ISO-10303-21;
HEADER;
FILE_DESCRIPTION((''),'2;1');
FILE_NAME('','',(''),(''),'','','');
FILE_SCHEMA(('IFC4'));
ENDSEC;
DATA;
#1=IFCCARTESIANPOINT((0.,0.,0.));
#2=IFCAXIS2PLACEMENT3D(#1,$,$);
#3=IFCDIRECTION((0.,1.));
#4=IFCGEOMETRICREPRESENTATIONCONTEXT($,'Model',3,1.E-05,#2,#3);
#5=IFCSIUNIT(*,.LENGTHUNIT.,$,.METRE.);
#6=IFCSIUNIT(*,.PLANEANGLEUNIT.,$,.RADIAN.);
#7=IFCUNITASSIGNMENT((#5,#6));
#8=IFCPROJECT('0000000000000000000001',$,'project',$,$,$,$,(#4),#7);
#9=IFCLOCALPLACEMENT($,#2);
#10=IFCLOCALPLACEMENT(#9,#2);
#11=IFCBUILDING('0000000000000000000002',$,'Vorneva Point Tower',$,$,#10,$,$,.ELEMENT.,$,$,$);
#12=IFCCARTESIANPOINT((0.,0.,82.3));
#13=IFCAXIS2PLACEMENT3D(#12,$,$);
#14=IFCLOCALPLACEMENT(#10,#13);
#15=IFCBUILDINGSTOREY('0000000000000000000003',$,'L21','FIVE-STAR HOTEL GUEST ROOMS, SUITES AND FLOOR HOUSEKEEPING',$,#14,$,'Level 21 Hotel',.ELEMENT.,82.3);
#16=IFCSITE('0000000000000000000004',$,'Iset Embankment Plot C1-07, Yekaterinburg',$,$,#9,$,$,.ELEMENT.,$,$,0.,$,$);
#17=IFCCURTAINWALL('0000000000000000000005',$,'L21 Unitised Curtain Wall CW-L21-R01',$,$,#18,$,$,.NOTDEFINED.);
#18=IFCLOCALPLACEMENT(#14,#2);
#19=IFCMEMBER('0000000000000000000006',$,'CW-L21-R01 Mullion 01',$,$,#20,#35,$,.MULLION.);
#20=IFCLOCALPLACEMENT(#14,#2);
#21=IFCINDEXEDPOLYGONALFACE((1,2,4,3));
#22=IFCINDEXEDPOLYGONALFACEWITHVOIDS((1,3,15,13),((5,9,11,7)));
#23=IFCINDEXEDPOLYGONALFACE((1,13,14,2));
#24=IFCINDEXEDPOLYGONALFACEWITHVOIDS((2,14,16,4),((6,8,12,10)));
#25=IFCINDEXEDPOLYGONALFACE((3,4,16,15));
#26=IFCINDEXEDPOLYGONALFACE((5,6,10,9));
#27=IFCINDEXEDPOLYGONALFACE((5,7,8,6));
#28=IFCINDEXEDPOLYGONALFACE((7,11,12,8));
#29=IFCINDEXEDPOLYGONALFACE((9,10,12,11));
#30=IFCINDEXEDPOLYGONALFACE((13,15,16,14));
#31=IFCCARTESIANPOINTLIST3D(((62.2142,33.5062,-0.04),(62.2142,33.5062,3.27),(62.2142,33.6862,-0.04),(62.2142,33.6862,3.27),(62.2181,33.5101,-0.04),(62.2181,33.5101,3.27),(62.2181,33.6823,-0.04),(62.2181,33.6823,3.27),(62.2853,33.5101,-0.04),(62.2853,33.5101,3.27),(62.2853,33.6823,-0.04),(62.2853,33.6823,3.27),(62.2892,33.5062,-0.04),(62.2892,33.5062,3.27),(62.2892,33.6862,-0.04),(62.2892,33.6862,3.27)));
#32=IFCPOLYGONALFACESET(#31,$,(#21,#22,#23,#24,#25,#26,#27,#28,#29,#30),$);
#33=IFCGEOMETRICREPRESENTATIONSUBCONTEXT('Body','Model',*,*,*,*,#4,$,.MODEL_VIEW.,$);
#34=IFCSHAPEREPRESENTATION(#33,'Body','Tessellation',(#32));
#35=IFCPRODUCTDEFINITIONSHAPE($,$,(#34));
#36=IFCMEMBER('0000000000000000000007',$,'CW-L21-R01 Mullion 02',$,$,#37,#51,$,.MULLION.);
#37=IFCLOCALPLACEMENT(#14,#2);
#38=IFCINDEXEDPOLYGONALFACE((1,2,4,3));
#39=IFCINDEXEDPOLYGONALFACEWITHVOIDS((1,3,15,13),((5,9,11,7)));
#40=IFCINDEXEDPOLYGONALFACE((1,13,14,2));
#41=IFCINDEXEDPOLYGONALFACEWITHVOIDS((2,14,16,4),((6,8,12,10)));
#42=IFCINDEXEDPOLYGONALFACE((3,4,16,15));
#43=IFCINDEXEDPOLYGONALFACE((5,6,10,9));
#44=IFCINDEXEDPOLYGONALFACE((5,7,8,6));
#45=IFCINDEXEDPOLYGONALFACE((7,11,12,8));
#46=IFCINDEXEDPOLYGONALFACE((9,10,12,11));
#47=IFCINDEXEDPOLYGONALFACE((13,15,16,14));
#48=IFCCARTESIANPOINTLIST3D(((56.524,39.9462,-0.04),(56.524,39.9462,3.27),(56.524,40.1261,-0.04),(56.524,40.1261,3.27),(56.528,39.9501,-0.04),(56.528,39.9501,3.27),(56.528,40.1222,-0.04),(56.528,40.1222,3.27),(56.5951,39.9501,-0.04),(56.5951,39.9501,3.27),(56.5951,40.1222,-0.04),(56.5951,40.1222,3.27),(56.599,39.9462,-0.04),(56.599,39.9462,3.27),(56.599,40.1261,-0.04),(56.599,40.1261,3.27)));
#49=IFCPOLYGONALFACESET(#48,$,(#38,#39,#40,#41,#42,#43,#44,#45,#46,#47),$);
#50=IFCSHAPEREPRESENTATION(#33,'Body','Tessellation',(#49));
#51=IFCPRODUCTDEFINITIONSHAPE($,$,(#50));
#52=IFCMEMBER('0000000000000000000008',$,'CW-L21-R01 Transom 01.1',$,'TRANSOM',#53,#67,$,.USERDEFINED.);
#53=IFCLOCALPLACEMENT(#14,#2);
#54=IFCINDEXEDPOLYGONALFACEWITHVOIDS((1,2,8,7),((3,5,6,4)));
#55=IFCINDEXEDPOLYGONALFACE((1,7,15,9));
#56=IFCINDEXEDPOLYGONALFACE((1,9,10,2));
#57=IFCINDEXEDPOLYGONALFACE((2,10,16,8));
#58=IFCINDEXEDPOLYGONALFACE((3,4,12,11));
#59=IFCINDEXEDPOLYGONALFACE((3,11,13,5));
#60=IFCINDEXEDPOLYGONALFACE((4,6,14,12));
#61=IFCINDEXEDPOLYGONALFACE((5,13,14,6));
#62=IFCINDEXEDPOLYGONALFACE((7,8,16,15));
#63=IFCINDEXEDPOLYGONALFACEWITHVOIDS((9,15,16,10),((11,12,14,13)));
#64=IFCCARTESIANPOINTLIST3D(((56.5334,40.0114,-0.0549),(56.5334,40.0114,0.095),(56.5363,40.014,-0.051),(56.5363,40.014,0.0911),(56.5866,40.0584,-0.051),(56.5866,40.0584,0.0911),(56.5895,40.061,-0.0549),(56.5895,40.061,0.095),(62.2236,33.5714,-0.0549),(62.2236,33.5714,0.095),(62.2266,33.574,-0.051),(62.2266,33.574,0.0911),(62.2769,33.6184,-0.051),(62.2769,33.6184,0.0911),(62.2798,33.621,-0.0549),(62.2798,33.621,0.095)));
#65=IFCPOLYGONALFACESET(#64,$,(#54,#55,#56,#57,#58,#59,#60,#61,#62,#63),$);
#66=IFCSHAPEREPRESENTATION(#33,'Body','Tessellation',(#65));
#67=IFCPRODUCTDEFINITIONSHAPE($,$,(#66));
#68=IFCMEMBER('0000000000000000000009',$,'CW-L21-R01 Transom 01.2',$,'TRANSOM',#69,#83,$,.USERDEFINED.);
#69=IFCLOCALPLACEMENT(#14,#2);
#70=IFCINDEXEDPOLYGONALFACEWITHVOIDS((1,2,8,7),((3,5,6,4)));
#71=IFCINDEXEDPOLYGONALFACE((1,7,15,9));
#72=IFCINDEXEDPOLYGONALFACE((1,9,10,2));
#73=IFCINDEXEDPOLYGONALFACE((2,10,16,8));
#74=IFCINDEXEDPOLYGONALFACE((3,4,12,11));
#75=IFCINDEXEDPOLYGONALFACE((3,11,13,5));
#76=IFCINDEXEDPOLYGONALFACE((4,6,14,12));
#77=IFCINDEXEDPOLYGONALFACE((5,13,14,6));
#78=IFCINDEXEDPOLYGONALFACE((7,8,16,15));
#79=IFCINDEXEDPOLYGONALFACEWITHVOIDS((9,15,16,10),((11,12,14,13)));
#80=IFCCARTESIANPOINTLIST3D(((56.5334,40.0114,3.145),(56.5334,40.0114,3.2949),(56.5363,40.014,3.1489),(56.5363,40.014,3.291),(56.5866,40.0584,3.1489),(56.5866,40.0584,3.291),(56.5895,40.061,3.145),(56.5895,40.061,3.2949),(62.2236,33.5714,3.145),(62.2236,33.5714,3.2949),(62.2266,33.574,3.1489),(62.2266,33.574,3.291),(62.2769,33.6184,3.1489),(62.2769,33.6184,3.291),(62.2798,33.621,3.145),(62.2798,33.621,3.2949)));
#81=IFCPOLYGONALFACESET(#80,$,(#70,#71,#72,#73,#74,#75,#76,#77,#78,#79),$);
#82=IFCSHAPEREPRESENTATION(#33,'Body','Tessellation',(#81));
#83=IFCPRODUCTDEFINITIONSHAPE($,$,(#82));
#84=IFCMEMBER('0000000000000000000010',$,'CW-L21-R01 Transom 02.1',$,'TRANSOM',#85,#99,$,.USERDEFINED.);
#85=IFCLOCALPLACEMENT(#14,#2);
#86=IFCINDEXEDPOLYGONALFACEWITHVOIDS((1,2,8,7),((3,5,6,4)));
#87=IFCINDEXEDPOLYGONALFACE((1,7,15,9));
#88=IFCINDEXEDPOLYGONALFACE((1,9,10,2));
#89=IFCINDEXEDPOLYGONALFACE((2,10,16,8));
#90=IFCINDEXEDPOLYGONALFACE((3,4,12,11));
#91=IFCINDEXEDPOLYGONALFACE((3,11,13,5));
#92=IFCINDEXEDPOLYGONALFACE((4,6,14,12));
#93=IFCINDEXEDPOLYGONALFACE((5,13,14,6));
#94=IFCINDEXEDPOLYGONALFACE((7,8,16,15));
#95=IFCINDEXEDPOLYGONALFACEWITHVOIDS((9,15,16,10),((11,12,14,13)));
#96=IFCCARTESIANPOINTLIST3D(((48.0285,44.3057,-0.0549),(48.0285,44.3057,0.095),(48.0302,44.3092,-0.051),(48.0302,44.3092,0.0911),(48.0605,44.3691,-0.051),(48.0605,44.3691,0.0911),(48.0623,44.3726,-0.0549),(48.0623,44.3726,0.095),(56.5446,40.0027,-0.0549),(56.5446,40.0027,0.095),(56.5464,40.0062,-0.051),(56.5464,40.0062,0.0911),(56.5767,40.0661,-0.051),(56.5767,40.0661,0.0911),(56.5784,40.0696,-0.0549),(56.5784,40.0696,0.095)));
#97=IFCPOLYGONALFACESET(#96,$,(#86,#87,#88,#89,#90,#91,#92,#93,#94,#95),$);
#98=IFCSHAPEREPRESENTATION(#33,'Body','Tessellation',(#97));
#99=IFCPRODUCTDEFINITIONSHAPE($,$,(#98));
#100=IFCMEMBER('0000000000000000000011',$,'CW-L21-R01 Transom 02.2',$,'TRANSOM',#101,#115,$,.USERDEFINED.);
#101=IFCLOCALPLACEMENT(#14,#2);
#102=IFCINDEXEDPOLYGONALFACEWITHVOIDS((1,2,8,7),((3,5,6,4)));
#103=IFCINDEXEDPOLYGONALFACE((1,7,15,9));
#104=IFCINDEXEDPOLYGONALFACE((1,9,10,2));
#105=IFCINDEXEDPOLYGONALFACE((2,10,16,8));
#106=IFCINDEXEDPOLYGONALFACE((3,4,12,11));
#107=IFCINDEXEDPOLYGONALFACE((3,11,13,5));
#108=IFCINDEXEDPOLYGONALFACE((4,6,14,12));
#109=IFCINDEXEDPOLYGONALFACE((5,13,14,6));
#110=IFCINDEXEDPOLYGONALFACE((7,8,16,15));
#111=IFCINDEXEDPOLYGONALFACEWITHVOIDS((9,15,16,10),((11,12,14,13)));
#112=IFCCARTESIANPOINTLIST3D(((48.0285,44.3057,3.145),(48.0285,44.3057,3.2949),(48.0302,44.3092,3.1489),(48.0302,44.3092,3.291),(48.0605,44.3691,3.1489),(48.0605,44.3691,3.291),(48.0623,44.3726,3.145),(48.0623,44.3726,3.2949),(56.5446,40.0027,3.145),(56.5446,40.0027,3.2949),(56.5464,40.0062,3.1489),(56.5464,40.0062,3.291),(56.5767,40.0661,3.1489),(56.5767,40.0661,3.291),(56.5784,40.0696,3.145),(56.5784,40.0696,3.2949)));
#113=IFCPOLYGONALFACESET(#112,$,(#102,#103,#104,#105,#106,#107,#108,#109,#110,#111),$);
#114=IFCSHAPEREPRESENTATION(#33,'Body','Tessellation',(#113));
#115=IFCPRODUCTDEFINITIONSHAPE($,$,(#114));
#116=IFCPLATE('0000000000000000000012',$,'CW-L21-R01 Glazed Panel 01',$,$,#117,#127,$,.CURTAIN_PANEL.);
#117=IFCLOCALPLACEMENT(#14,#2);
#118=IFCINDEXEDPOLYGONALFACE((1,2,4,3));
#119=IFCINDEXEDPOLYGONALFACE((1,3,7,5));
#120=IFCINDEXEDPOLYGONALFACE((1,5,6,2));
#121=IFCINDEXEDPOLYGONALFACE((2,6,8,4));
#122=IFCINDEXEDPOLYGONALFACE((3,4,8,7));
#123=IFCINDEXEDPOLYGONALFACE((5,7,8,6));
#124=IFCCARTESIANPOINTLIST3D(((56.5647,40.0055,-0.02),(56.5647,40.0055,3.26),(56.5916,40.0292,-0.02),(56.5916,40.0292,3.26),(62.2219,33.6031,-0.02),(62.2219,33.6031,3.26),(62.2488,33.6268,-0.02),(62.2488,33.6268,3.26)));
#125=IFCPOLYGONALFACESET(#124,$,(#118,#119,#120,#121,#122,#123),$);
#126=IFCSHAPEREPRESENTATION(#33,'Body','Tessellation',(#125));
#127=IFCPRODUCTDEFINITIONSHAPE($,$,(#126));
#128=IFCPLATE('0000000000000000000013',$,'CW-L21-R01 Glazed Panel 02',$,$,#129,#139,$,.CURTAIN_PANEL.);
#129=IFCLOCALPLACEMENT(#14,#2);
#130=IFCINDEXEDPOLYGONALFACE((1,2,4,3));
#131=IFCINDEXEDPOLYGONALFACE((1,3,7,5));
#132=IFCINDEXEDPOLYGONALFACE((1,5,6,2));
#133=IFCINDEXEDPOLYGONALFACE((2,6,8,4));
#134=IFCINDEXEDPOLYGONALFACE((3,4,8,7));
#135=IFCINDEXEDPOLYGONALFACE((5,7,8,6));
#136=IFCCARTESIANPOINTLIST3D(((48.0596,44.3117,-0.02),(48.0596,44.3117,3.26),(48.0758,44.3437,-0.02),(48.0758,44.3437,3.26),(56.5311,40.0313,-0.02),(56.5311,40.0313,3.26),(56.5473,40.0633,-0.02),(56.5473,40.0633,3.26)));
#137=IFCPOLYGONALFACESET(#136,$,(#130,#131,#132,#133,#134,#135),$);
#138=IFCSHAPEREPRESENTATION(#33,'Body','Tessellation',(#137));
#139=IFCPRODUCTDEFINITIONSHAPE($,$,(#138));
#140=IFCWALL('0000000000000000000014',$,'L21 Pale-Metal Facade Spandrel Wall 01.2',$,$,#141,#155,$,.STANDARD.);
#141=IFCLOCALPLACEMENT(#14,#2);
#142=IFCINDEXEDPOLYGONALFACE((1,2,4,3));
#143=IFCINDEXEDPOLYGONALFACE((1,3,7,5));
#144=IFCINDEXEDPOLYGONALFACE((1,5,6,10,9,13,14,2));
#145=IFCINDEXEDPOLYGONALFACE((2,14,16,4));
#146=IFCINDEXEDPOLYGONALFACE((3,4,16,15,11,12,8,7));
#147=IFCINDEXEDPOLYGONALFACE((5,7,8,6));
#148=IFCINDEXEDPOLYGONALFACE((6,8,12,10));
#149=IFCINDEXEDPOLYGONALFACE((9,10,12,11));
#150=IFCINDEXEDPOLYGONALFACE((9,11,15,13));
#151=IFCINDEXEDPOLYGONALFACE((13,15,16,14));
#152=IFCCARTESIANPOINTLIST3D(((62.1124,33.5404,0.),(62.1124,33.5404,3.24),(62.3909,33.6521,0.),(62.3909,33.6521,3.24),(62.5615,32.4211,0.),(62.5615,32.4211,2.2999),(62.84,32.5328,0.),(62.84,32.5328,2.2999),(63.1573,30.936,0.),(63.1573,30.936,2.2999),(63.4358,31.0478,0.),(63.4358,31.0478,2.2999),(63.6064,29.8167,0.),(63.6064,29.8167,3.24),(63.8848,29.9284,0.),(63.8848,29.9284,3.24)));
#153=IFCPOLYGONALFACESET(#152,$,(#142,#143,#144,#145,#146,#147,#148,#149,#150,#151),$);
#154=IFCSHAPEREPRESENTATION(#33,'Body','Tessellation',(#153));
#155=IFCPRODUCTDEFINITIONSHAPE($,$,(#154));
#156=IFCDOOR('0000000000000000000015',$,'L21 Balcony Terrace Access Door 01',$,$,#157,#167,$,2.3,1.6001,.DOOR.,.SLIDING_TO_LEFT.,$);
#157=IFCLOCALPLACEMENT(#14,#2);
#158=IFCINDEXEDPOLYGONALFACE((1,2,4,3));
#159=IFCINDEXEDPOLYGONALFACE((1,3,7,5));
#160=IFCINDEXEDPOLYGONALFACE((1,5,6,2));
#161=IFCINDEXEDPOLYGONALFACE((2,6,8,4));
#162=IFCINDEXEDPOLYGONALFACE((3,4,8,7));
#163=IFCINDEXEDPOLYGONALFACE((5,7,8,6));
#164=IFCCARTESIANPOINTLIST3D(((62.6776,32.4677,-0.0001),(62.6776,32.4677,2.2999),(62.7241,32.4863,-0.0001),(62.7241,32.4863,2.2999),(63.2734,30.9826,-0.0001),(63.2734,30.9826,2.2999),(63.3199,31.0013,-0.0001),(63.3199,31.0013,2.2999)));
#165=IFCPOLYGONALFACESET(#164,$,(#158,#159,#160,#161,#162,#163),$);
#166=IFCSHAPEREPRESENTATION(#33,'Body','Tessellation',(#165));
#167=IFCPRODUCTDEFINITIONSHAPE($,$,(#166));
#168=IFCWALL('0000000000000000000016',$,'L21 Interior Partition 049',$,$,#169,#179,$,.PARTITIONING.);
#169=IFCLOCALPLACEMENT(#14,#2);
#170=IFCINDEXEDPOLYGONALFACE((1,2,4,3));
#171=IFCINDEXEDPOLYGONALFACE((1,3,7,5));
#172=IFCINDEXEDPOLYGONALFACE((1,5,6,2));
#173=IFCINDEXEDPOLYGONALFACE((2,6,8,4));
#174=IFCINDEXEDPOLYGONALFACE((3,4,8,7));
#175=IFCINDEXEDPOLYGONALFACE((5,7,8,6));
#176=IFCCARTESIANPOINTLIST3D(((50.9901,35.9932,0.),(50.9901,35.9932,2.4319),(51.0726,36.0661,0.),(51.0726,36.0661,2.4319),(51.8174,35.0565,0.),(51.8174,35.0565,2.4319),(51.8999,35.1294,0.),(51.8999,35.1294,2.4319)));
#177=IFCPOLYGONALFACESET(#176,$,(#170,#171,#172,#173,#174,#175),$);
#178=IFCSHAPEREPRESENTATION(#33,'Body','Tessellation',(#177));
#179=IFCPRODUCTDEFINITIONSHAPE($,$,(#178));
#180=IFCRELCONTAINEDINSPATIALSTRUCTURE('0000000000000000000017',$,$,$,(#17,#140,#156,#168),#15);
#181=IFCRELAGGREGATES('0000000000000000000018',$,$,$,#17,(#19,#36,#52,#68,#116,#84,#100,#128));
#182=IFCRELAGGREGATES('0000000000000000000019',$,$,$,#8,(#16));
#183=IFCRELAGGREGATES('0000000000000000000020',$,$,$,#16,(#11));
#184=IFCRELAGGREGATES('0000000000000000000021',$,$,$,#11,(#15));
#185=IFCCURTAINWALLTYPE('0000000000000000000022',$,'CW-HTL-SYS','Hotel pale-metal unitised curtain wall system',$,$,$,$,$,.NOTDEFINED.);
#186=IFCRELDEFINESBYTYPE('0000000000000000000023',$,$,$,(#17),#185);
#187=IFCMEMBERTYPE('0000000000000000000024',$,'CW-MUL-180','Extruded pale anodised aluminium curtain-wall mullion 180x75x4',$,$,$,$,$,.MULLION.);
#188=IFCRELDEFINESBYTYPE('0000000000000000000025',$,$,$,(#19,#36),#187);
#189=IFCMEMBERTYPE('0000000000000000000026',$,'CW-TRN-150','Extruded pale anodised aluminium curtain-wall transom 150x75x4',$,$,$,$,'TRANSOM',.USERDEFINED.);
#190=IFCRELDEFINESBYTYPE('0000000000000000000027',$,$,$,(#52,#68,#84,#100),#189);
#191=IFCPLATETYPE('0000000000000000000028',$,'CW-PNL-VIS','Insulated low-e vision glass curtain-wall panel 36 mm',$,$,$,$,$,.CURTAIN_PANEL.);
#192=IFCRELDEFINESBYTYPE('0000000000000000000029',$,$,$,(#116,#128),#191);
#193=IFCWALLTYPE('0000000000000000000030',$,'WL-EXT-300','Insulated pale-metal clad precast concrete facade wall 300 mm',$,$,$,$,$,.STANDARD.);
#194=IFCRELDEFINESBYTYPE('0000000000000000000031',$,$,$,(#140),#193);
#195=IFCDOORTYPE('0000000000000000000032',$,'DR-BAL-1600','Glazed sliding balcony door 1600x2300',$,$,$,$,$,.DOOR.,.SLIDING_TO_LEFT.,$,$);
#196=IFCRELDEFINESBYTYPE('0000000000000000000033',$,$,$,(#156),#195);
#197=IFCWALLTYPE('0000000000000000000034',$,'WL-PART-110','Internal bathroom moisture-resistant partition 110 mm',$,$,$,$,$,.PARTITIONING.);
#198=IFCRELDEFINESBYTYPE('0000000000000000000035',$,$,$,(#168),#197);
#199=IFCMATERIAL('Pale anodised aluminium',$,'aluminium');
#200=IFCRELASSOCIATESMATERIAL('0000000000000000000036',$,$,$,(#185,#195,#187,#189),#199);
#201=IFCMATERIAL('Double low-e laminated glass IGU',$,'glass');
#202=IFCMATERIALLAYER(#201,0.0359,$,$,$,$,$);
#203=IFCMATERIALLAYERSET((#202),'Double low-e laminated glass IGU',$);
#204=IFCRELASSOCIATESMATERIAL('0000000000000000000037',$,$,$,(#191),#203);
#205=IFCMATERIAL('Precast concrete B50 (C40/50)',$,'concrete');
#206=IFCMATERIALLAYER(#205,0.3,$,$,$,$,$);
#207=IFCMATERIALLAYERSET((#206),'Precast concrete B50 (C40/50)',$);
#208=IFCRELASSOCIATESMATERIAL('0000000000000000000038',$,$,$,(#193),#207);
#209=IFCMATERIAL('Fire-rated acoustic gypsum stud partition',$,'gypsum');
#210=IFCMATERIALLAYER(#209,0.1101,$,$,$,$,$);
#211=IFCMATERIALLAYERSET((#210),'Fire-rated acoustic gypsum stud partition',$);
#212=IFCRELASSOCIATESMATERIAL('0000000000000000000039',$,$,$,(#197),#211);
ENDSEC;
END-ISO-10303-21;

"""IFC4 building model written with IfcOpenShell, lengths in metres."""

from ifc_helpers import new_model, si_unit, direction, frame, frame_2d, origin, origin_2d, place, context, subcontext, project, spatial, rectangle, hollow_rectangle, extrude, material, layer, layer_set, material_profile, profile_set, type_object, element, fill, aggregate, save


model = new_model("IFC4")

# Units and contexts
model_context = context("Model", 3, precision=1e-05, world=origin(), true_north=direction((0.0, 1.0)))
body_context = subcontext(model_context, "Body", "Model", "MODEL_VIEW")
ifc_project = project(units=[si_unit("LENGTHUNIT", "METRE"), si_unit("PLANEANGLEUNIT", "RADIAN")], contexts=[model_context])

# Site, building, storey
site_placement = place(None, origin())
site = spatial("IfcSite", under=ifc_project, at=site_placement, Name="Iset Embankment Plot C1-07, Yekaterinburg", CompositionType="ELEMENT", RefElevation=0.0)
building_placement = place(site_placement, origin())
building = spatial("IfcBuilding", under=site, at=building_placement, Name="Vorneva Point Tower", CompositionType="ELEMENT")
storey_placement = place(building_placement, frame((0.0, 0.0, 82.3)))
storey = spatial("IfcBuildingStorey", under=building, at=storey_placement, Name="L21", Description="FIVE-STAR HOTEL GUEST ROOMS, SUITES AND FLOOR HOUSEKEEPING", LongName="Level 21 Hotel", CompositionType="ELEMENT", Elevation=82.3)

# Curtain wall, members, plates
ifc_material_1 = material(Name="Pale anodised aluminium", Category="aluminium")
curtain_wall_type = type_object("IfcCurtainWallType", Name="CW-HTL-SYS", Description="Hotel pale-metal unitised curtain wall system", PredefinedType="NOTDEFINED", material=ifc_material_1)
curtain_wall_placement = place(storey_placement, origin())
curtain_wall = element("IfcCurtainWall", 1, at=curtain_wall_placement, inside=storey, type_object=curtain_wall_type, Name="L21 Unitised Curtain Wall CW-L21-R01", PredefinedType="NOTDEFINED")
ifc_material_profile_1 = material_profile(ifc_material_1, hollow_rectangle(XDim=0.075, YDim=0.1799, WallThickness=0.0039, at=origin_2d()), Name="AL-MUL 180x75x4")
ifc_profile_set_1 = profile_set([ifc_material_profile_1], Name="Pale anodised aluminium")
member_type_1 = type_object("IfcMemberType", Name="CW-MUL-180", Description="Extruded pale anodised aluminium curtain-wall mullion 180x75x4", PredefinedType="MULLION", material=ifc_profile_set_1)
member_1_placement = place(storey_placement, frame((62.2517, 33.5962, -0.04), z_axis=(0.0, 0.0, 1.0), x_axis=(1.0, 0.0, 0.0)))
member_1 = element("IfcMember", 2, at=member_1_placement, type_object=member_type_1, Name="CW-L21-R01 Mullion 01", PredefinedType="MULLION", context=body_context, shape_type="SweptSolid", body=[
    extrude(hollow_rectangle(XDim=0.075, YDim=0.1799, WallThickness=0.0039, at=origin_2d()), origin(), (0.0, 0.0, 1.0), 3.3101),
])
member_2_placement = place(storey_placement, frame((56.5615, 40.0361, -0.04), z_axis=(0.0, 0.0, 1.0), x_axis=(1.0, 0.0, 0.0)))
member_2 = element("IfcMember", 3, at=member_2_placement, type_object=member_type_1, Name="CW-L21-R01 Mullion 02", PredefinedType="MULLION", context=body_context, shape_type="SweptSolid", body=[
    extrude(hollow_rectangle(XDim=0.075, YDim=0.1799, WallThickness=0.0039, at=origin_2d()), origin(), (0.0, 0.0, 1.0), 3.3101),
])
ifc_material_profile_2 = material_profile(ifc_material_1, hollow_rectangle(XDim=0.075, YDim=0.1499, WallThickness=0.0039, at=origin_2d()), Name="AL-TRN 150x75x4")
ifc_profile_set_2 = profile_set([ifc_material_profile_2], Name="Pale anodised aluminium")
member_type_2 = type_object("IfcMemberType", Name="CW-TRN-150", Description="Extruded pale anodised aluminium curtain-wall transom 150x75x4", ElementType="TRANSOM", PredefinedType="USERDEFINED", material=ifc_profile_set_2)
member_3_placement = place(storey_placement, frame((62.2517, 33.5962, 0.02), z_axis=(-0.662137, 0.749383, 0.0), x_axis=(-0.749383, -0.662137, 0.0)))
member_3 = element("IfcMember", 4, at=member_3_placement, type_object=member_type_2, Name="CW-L21-R01 Transom 01.1", ObjectType="TRANSOM", PredefinedType="USERDEFINED", context=body_context, shape_type="SweptSolid", body=[
    extrude(hollow_rectangle(XDim=0.075, YDim=0.1499, WallThickness=0.0039, at=origin_2d()), origin(), (0.0, 0.0, 1.0), 8.5938),
])
member_4_placement = place(storey_placement, frame((62.2517, 33.5962, 3.22), z_axis=(-0.662137, 0.749383, 0.0), x_axis=(-0.749383, -0.662137, 0.0)))
member_4 = element("IfcMember", 5, at=member_4_placement, type_object=member_type_2, Name="CW-L21-R01 Transom 01.2", ObjectType="TRANSOM", PredefinedType="USERDEFINED", context=body_context, shape_type="SweptSolid", body=[
    extrude(hollow_rectangle(XDim=0.075, YDim=0.1499, WallThickness=0.0039, at=origin_2d()), origin(), (0.0, 0.0, 1.0), 8.5938),
])
member_5_placement = place(storey_placement, frame((56.5615, 40.0361, 0.02), z_axis=(-0.892536, 0.450976, 0.0), x_axis=(-0.450976, -0.892536, 0.0)))
member_5 = element("IfcMember", 6, at=member_5_placement, type_object=member_type_2, Name="CW-L21-R01 Transom 02.1", ObjectType="TRANSOM", PredefinedType="USERDEFINED", context=body_context, shape_type="SweptSolid", body=[
    extrude(hollow_rectangle(XDim=0.075, YDim=0.1499, WallThickness=0.0039, at=origin_2d()), origin(), (0.0, 0.0, 1.0), 9.5415),
])
member_6_placement = place(storey_placement, frame((56.5615, 40.0361, 3.22), z_axis=(-0.892536, 0.450976, 0.0), x_axis=(-0.450976, -0.892536, 0.0)))
member_6 = element("IfcMember", 7, at=member_6_placement, type_object=member_type_2, Name="CW-L21-R01 Transom 02.2", ObjectType="TRANSOM", PredefinedType="USERDEFINED", context=body_context, shape_type="SweptSolid", body=[
    extrude(hollow_rectangle(XDim=0.075, YDim=0.1499, WallThickness=0.0039, at=origin_2d()), origin(), (0.0, 0.0, 1.0), 9.5415),
])
ifc_material_2 = material(Name="Double low-e laminated glass IGU", Category="glass")
ifc_layer_1 = layer(ifc_material_2, 0.0359)
ifc_layer_set_1 = layer_set([ifc_layer_1], Name="Double low-e laminated glass IGU")
plate_type = type_object("IfcPlateType", Name="CW-PNL-VIS", Description="Insulated low-e vision glass curtain-wall panel 36 mm", PredefinedType="CURTAIN_PANEL", material=ifc_layer_set_1)
plate_1_placement = place(storey_placement, frame((59.4067, 36.8162, -0.02), z_axis=(0.0, 0.0, 1.0), x_axis=(-0.662149, 0.749372, 0.0)))
plate_1 = element("IfcPlate", 8, at=plate_1_placement, type_object=plate_type, Name="CW-L21-R01 Glazed Panel 01", PredefinedType="CURTAIN_PANEL", context=body_context, shape_type="SweptSolid", body=[
    extrude(rectangle(XDim=8.5437, YDim=0.0359, at=origin_2d()), origin(), (0.0, 0.0, 1.0), 3.28),
])
plate_2_placement = place(storey_placement, frame((52.3035, 42.1875, -0.02), z_axis=(0.0, 0.0, 1.0), x_axis=(-0.892539, 0.450971, 0.0)))
plate_2 = element("IfcPlate", 9, at=plate_2_placement, type_object=plate_type, Name="CW-L21-R01 Glazed Panel 02", PredefinedType="CURTAIN_PANEL", context=body_context, shape_type="SweptSolid", body=[
    extrude(rectangle(XDim=9.4915, YDim=0.0359, at=origin_2d()), origin(), (0.0, 0.0, 1.0), 3.28),
])
aggregate(curtain_wall, [member_1, member_2, member_3, member_4, plate_1, member_5, member_6, plate_2])

# Wall, opening, door
ifc_material_3 = material(Name="Precast concrete B50 (C40/50)", Category="concrete")
ifc_layer_2 = layer(ifc_material_3, 0.3)
ifc_layer_set_2 = layer_set([ifc_layer_2], Name="Precast concrete B50 (C40/50)")
wall_type_1 = type_object("IfcWallType", Name="WL-EXT-300", Description="Insulated pale-metal clad precast concrete facade wall 300 mm", PredefinedType="STANDARD", material=ifc_layer_set_2)
wall_1_placement = place(storey_placement, frame((63.7456, 29.8726, 0.0), z_axis=(0.0, 0.0, 1.0), x_axis=(-0.372345, 0.928094, 0.0)))
wall_1 = element("IfcWall", 10, at=wall_1_placement, inside=storey, type_object=wall_type_1, Name="L21 Pale-Metal Facade Spandrel Wall 01.2", PredefinedType="STANDARD", context=body_context, shape_type="SweptSolid", body=[
    extrude(rectangle(XDim=4.0122, YDim=0.3, at=frame_2d((2.0061, 0.0))), origin(), (0.0, 0.0, 1.0), 3.24),
])
opening_placement = place(wall_1_placement, frame((1.2061, 0.0, 0.0)))
opening = element("IfcOpeningElement", 11, at=opening_placement, cuts=wall_1, PredefinedType="OPENING", context=body_context, shape_type="SweptSolid", body=[
    extrude(rectangle(XDim=1.6001, YDim=2.3, at=frame_2d((0.8, 1.1499))), frame((0.0, 0.165, 0.0), z_axis=(0.0, -1.0, 0.0), x_axis=(1.0, 0.0, 0.0)), (0.0, 0.0, 1.0), 0.3298),
])
door_type = type_object("IfcDoorType", Name="DR-BAL-1600", Description="Glazed sliding balcony door 1600x2300", OperationType="SLIDING_TO_LEFT", PredefinedType="DOOR", material=ifc_material_1)
door_placement = place(opening_placement, origin())
door = element("IfcDoor", 12, at=door_placement, inside=storey, type_object=door_type, Name="L21 Balcony Terrace Access Door 01", OperationType="SLIDING_TO_LEFT", OverallHeight=2.3, OverallWidth=1.6001, PredefinedType="DOOR", context=body_context, shape_type="SweptSolid", body=[
    extrude(rectangle(XDim=1.6001, YDim=2.3, at=frame_2d((0.8, 1.1499))), frame((0.0, 0.0249, 0.0), z_axis=(0.0, -1.0, 0.0), x_axis=(1.0, 0.0, 0.0)), (0.0, 0.0, 1.0), 0.05),
])
fill(opening, door)

# Wall
ifc_material_4 = material(Name="Fire-rated acoustic gypsum stud partition", Category="gypsum")
ifc_layer_3 = layer(ifc_material_4, 0.1101)
ifc_layer_set_3 = layer_set([ifc_layer_3], Name="Fire-rated acoustic gypsum stud partition")
wall_type_2 = type_object("IfcWallType", Name="WL-PART-110", Description="Internal bathroom moisture-resistant partition 110 mm", PredefinedType="PARTITIONING", material=ifc_layer_set_3)
wall_2_placement = place(storey_placement, frame((51.0312, 36.0298, 0.0), z_axis=(0.0, 0.0, 1.0), x_axis=(0.661996, -0.749507, 0.0)))
element("IfcWall", 13, at=wall_2_placement, inside=storey, type_object=wall_type_2, Name="L21 Interior Partition 049", PredefinedType="PARTITIONING", context=body_context, shape_type="SweptSolid", body=[
    extrude(rectangle(XDim=1.2498, YDim=0.1101, at=frame_2d((0.625, 0.0))), origin(), (0.0, 0.0, 1.0), 2.4319),
])

save(model, "model.ifc")
